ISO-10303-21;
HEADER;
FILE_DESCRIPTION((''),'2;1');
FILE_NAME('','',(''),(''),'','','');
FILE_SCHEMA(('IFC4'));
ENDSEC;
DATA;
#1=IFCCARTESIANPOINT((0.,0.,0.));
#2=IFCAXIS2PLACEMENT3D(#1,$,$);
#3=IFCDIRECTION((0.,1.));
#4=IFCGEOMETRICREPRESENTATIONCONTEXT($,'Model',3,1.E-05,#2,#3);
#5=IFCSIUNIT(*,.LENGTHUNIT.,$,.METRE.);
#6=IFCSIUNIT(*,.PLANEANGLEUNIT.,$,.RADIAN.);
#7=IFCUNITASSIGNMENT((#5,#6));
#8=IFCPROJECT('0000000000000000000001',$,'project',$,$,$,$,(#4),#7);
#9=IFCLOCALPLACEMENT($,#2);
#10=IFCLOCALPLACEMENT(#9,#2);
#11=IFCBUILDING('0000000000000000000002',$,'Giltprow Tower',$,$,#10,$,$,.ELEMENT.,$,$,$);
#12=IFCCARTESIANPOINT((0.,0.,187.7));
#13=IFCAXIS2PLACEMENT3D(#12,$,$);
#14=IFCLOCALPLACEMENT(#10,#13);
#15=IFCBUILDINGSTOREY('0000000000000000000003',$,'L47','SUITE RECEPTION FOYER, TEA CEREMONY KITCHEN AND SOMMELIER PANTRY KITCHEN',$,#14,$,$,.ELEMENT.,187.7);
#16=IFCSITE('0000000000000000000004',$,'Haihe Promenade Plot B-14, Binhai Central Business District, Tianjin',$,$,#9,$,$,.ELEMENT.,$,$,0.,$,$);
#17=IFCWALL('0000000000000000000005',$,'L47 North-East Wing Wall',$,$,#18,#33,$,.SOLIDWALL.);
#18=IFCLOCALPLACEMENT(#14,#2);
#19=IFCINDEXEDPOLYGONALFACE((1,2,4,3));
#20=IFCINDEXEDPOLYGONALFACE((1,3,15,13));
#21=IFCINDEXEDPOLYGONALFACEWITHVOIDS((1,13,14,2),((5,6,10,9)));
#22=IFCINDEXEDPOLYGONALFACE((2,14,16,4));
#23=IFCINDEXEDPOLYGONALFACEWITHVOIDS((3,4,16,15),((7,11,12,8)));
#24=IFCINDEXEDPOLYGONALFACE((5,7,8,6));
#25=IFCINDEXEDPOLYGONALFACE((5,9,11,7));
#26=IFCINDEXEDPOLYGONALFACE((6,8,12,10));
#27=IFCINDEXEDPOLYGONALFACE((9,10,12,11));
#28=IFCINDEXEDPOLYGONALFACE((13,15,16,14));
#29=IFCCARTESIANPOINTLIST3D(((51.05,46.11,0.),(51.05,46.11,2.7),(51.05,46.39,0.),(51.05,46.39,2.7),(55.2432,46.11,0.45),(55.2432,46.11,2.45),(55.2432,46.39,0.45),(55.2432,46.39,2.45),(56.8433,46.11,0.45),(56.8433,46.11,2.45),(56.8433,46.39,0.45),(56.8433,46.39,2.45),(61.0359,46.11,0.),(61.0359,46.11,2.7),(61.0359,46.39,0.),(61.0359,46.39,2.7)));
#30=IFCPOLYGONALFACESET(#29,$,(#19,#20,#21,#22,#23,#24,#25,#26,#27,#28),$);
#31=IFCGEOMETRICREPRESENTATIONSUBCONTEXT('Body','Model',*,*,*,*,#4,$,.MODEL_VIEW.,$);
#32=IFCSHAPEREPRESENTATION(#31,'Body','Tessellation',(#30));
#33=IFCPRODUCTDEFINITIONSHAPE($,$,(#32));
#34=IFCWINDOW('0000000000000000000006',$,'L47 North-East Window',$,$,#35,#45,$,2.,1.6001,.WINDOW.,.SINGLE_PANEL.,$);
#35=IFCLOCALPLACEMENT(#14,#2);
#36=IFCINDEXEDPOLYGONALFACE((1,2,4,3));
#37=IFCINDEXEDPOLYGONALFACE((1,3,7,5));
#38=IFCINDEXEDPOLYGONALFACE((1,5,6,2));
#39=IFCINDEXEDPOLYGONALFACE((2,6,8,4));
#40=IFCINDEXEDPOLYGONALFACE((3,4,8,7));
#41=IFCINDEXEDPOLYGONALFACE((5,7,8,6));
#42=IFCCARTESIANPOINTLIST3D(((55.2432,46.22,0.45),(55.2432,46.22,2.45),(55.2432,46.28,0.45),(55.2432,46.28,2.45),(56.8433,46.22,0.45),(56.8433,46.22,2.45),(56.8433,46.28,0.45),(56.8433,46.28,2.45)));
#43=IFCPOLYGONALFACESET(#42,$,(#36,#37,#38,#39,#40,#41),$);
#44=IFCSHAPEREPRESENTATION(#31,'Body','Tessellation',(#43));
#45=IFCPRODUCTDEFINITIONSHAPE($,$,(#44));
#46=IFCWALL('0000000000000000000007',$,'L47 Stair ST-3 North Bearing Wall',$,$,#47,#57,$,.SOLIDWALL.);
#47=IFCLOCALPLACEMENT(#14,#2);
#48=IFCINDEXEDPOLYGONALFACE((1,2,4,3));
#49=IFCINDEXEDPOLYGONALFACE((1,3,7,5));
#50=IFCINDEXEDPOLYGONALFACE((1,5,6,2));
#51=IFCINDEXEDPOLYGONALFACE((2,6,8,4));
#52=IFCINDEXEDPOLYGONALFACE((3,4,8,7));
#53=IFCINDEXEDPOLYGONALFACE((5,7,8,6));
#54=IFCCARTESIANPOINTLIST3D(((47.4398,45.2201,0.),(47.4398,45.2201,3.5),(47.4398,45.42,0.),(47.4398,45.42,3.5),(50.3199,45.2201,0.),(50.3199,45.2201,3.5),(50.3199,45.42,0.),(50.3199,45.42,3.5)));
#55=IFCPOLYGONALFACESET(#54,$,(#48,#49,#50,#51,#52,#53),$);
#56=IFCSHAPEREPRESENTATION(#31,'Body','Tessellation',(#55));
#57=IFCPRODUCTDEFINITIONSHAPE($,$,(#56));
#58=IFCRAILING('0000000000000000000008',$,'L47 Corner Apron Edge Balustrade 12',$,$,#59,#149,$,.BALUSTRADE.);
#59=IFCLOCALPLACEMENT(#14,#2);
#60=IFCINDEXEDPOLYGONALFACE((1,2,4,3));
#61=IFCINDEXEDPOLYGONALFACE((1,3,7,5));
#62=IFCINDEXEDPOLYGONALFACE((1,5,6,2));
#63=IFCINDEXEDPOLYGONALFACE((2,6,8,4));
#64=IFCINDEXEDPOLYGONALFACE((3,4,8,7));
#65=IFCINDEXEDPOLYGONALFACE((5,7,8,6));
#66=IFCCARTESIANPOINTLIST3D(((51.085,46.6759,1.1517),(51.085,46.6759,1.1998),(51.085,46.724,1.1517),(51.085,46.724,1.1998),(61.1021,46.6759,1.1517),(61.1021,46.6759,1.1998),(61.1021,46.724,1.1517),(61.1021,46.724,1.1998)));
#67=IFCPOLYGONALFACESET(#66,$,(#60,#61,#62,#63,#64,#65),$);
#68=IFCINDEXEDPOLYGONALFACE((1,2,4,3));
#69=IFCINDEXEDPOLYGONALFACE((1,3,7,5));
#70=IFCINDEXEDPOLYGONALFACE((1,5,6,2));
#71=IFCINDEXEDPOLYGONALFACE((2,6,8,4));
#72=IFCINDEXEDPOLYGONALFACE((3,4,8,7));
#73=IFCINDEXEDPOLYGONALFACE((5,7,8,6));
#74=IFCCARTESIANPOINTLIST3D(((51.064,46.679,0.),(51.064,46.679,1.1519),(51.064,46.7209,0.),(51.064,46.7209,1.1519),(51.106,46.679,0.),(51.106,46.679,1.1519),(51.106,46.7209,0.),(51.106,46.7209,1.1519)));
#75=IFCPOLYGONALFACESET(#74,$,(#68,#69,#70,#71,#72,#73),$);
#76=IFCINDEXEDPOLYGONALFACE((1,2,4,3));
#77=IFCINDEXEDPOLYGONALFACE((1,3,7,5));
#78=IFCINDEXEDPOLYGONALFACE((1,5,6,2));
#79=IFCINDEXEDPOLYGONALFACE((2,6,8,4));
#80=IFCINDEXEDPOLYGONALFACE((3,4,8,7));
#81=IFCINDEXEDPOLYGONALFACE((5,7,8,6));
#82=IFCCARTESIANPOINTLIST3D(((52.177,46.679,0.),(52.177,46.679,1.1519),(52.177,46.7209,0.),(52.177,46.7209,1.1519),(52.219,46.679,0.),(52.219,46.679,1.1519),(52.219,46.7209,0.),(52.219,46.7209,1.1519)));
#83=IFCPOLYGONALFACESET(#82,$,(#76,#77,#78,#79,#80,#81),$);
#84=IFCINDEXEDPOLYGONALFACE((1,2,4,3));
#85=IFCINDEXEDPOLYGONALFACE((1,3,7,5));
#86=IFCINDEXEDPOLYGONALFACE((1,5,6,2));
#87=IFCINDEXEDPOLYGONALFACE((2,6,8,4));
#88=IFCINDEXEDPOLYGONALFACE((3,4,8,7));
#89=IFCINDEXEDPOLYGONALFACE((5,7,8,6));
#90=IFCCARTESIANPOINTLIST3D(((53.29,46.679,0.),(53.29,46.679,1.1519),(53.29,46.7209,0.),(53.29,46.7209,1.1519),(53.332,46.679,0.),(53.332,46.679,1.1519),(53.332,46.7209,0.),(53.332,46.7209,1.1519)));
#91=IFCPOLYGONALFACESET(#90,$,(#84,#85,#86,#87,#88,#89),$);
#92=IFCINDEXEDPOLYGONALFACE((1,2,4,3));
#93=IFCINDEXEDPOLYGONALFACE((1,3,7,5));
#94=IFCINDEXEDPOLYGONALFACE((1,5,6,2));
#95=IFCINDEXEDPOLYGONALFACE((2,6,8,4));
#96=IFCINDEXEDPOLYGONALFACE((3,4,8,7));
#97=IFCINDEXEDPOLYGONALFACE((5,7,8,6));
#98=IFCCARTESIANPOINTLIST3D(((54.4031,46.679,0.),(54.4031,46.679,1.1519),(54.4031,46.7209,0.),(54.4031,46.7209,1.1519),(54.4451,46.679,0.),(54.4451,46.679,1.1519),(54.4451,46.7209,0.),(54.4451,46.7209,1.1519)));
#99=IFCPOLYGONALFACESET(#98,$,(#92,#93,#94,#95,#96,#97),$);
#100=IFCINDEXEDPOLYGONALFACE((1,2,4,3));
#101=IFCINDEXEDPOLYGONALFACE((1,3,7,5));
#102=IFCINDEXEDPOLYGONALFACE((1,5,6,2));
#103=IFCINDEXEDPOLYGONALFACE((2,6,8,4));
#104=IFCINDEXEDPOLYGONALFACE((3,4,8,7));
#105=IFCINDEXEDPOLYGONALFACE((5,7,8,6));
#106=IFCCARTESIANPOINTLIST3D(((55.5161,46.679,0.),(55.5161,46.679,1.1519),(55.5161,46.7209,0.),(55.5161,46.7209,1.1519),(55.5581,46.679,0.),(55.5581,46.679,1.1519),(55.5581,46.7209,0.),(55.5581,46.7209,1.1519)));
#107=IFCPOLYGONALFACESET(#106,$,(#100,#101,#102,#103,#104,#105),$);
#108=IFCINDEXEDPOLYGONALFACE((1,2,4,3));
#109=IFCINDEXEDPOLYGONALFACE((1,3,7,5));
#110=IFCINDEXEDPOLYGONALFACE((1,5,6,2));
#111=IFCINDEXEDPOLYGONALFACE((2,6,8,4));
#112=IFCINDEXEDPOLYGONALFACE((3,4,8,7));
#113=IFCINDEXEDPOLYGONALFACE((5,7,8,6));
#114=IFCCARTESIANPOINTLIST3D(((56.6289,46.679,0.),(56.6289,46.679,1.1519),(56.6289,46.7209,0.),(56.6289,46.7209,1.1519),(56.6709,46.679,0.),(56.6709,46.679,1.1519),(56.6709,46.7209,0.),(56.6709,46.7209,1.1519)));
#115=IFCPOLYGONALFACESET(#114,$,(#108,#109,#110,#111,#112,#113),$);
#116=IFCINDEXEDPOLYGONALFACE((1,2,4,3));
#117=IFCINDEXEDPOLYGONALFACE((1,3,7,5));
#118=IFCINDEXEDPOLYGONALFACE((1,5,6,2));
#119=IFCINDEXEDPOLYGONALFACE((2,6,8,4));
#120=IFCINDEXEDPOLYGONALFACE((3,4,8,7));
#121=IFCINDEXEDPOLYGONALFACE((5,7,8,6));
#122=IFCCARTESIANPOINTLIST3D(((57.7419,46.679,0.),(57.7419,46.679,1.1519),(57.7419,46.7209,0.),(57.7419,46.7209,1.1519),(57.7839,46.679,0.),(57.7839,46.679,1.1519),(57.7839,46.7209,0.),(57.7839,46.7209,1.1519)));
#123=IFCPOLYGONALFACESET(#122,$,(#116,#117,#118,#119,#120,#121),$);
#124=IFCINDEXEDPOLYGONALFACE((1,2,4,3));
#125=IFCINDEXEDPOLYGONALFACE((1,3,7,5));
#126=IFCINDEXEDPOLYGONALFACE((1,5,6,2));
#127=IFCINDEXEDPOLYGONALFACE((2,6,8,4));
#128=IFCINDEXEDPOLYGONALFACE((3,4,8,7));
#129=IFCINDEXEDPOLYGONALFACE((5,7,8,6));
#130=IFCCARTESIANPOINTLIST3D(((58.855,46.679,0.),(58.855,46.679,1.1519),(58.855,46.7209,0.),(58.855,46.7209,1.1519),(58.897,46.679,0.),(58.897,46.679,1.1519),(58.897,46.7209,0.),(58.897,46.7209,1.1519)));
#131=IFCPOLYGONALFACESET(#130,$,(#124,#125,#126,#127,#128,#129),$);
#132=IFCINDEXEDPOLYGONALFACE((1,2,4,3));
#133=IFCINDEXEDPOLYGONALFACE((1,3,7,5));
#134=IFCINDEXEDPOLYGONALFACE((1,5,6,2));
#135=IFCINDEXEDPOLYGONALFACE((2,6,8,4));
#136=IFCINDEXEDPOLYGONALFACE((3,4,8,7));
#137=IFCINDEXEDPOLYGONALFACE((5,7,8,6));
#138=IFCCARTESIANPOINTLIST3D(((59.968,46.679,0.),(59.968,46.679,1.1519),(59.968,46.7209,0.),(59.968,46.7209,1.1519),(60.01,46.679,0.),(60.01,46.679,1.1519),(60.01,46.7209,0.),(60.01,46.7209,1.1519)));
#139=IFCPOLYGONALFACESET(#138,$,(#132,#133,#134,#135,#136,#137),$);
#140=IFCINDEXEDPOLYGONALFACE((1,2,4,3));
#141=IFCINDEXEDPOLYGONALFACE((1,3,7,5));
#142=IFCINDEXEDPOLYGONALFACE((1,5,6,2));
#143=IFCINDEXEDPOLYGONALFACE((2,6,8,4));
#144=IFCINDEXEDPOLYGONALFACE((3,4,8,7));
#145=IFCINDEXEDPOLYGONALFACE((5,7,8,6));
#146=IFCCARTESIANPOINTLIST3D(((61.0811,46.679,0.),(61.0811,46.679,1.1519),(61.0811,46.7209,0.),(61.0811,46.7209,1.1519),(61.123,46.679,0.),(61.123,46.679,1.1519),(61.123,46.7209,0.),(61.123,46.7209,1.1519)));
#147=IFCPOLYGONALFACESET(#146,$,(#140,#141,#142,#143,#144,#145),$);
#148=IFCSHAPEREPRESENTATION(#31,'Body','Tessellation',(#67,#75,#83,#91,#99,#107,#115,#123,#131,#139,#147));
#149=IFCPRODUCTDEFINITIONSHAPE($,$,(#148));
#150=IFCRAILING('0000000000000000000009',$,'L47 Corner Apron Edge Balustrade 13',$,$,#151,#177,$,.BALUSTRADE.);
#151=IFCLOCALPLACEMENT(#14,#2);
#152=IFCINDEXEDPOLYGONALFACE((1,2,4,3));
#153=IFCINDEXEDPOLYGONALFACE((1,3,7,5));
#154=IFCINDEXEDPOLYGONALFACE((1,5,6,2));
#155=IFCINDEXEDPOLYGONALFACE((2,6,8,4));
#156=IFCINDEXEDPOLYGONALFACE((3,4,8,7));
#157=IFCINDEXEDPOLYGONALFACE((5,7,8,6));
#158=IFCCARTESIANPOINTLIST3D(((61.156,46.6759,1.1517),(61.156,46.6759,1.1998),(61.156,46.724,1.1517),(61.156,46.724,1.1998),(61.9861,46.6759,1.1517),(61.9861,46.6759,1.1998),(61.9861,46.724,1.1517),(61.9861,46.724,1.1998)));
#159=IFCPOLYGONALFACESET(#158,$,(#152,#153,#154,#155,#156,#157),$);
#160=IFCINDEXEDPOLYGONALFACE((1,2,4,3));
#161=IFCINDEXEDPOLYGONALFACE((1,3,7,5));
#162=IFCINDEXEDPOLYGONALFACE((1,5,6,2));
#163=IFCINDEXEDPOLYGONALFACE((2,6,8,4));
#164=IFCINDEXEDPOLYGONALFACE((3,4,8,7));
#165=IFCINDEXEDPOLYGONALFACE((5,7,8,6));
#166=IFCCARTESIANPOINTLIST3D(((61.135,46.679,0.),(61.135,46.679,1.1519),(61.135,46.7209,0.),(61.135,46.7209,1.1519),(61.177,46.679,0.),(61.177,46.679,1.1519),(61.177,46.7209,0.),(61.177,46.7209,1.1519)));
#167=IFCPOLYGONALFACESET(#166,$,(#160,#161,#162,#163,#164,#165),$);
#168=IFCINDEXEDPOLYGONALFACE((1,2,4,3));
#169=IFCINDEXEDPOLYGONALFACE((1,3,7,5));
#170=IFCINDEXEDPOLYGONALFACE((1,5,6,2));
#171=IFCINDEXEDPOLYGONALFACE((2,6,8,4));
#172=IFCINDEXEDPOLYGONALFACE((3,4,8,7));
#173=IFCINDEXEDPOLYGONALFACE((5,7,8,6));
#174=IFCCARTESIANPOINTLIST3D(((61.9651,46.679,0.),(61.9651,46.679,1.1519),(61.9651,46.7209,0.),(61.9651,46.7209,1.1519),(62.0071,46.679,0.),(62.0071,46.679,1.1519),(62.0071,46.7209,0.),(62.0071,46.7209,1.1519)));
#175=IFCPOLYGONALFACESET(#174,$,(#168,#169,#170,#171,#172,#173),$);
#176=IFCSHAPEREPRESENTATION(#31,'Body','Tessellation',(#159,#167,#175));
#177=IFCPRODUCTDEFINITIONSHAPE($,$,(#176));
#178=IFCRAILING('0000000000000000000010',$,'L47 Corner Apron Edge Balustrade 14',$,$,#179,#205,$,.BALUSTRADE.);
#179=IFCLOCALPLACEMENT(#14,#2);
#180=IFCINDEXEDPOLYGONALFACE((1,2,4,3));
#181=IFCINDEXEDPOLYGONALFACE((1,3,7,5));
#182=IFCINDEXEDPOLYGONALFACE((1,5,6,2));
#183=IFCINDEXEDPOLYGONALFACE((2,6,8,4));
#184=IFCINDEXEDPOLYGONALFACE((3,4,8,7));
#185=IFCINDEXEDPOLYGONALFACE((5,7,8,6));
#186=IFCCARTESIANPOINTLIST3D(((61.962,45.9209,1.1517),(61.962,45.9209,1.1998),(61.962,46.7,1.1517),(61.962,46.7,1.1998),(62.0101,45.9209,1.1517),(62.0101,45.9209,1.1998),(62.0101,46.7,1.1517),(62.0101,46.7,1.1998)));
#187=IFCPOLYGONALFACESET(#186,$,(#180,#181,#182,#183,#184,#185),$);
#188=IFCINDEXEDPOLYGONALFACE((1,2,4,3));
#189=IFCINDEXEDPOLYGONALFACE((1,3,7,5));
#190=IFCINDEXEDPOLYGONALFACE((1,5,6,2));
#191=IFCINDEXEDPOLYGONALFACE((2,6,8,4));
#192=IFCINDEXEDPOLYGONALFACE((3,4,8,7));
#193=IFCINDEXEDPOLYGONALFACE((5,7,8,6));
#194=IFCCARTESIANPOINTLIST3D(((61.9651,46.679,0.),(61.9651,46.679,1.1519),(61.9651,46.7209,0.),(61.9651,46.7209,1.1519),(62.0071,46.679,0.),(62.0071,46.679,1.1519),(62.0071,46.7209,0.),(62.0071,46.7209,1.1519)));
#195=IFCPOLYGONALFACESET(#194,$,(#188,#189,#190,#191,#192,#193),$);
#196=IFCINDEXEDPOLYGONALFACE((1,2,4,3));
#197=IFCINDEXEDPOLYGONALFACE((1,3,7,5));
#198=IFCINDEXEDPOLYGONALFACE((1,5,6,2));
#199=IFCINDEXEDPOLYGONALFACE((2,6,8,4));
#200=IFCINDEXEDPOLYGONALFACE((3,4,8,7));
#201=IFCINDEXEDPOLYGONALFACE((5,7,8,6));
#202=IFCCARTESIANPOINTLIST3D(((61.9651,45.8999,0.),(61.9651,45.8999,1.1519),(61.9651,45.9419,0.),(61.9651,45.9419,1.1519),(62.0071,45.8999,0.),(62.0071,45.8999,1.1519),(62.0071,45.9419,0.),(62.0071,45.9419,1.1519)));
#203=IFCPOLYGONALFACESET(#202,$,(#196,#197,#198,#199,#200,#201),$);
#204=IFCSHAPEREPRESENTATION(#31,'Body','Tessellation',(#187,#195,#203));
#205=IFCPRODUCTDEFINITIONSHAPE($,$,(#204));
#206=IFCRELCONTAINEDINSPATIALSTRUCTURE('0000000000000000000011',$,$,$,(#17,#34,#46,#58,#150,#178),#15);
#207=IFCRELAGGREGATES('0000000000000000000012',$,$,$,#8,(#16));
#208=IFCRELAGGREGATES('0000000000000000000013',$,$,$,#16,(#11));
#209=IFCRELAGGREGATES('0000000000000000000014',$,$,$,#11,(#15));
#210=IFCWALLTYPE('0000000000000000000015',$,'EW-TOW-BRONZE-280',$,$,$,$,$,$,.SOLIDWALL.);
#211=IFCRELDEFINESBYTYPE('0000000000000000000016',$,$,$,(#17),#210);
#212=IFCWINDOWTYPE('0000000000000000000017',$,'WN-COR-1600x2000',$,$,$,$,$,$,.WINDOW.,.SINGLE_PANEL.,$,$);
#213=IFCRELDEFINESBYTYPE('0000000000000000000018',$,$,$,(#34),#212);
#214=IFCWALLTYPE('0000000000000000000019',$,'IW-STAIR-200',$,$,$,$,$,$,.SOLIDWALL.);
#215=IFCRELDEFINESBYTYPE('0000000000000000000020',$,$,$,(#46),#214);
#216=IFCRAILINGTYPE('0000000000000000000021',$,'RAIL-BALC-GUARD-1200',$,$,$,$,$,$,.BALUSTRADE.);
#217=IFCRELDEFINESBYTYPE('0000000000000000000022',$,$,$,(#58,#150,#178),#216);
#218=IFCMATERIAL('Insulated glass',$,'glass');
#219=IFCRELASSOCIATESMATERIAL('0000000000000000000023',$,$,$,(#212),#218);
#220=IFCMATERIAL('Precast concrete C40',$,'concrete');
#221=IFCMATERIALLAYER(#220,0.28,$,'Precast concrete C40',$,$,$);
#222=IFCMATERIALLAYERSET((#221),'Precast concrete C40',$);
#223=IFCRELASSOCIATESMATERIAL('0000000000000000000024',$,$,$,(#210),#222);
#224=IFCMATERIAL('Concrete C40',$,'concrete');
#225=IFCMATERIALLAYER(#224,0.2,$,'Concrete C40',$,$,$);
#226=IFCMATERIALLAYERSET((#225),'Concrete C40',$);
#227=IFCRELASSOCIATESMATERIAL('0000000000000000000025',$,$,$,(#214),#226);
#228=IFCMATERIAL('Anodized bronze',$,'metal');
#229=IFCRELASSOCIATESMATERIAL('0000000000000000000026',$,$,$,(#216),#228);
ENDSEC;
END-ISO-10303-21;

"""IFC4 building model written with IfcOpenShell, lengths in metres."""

from ifc_helpers import new_model, si_unit, direction, frame, frame_2d, origin, origin_2d, place, context, subcontext, project, spatial, rectangle, extrude, source, transform, mapped, material, layer, layer_set, type_object, element, fill, save


model = new_model("IFC4")

# Units and contexts
model_context = context("Model", 3, precision=1e-05, world=origin(), true_north=direction((0.0, 1.0)))
body_context = subcontext(model_context, "Body", "Model", "MODEL_VIEW")
ifc_project = project(units=[si_unit("LENGTHUNIT", "METRE"), si_unit("PLANEANGLEUNIT", "RADIAN")], contexts=[model_context])

# Site, building, storey
site_placement = place(None, origin())
site = spatial("IfcSite", under=ifc_project, at=site_placement, Name="Haihe Promenade Plot B-14, Binhai Central Business District, Tianjin", CompositionType="ELEMENT", RefElevation=0.0)
building_placement = place(site_placement, origin())
building = spatial("IfcBuilding", under=site, at=building_placement, Name="Giltprow Tower", CompositionType="ELEMENT")
storey_placement = place(building_placement, frame((0.0, 0.0, 187.7)))
storey = spatial("IfcBuildingStorey", under=building, at=storey_placement, Name="L47", Description="SUITE RECEPTION FOYER, TEA CEREMONY KITCHEN AND SOMMELIER PANTRY KITCHEN", CompositionType="ELEMENT", Elevation=187.7)

# Wall, opening, window
ifc_material_1 = material(Name="Precast concrete C40", Category="concrete")
ifc_material_2 = material(Name="Insulated glass", Category="glass")
window_type = type_object("IfcWindowType", Name="WN-COR-1600x2000", PartitioningType="SINGLE_PANEL", PredefinedType="WINDOW", material=ifc_material_2)
shared_shape_1 = source(origin(), body_context, "Body", "SweptSolid", [
    extrude(rectangle(XDim=1.6001, YDim=2.0, at=frame_2d((0.8, 1.0))), frame((0.0, 0.03, 0.0), z_axis=(0.0, -1.0, 0.0), x_axis=(1.0, 0.0, 0.0)), (0.0, 0.0, 1.0), 0.0601),
])
ifc_layer_1 = layer(ifc_material_1, 0.28, Name="Precast concrete C40")
ifc_layer_set_1 = layer_set([ifc_layer_1], Name="Precast concrete C40")
wall_type_1 = type_object("IfcWallType", Name="EW-TOW-BRONZE-280", PredefinedType="SOLIDWALL", material=ifc_layer_set_1)
wall_1_placement = place(storey_placement, frame((51.05, 46.25, 0.0), z_axis=(0.0, 0.0, 1.0), x_axis=(1.0, 0.0, 0.0)))
wall_1 = element("IfcWall", 1, at=wall_1_placement, inside=storey, type_object=wall_type_1, Name="L47 North-East Wing Wall", PredefinedType="SOLIDWALL", context=body_context, shape_type="SweptSolid", body=[
    extrude(rectangle(XDim=9.9858, YDim=0.28, at=frame_2d((4.9929, 0.0))), origin(), (0.0, 0.0, 1.0), 2.7),
])
opening_1_placement = place(wall_1_placement, frame((4.1931, 0.0, 0.45)))
opening_1 = element("IfcOpeningElement", 2, at=opening_1_placement, cuts=wall_1, PredefinedType="OPENING", context=body_context, shape_type="SweptSolid", body=[
    extrude(rectangle(XDim=1.6001, YDim=2.0, at=frame_2d((0.8, 1.0))), frame((0.0, 0.1499, 0.0), z_axis=(0.0, -1.0, 0.0), x_axis=(1.0, 0.0, 0.0)), (0.0, 0.0, 1.0), 0.3),
])
window_1_placement = place(opening_1_placement, origin())
window_1 = element("IfcWindow", 3, at=window_1_placement, inside=storey, type_object=window_type, Name="L47 North-East Window", OverallHeight=2.0, OverallWidth=1.6001, PartitioningType="SINGLE_PANEL", PredefinedType="WINDOW", context=body_context, shape_type="MappedRepresentation", body=[
    mapped(shared_shape_1, transform((0.0, 0.0, 0.0), x_axis=(1.0, 0.0, 0.0), y_axis=(0.0, 1.0, 0.0), z_axis=(0.0, 0.0, 1.0), scale=1.0)),
])
fill(opening_1, window_1)

# Wall
ifc_material_3 = material(Name="Concrete C40", Category="concrete")
ifc_layer_2 = layer(ifc_material_3, 0.2, Name="Concrete C40")
ifc_layer_set_2 = layer_set([ifc_layer_2], Name="Concrete C40")
wall_type_2 = type_object("IfcWallType", Name="IW-STAIR-200", PredefinedType="SOLIDWALL", material=ifc_layer_set_2)
wall_2_placement = place(storey_placement, frame((47.4399, 45.3201, 0.0), z_axis=(0.0, 0.0, 1.0), x_axis=(1.0, 0.0, 0.0)))
element("IfcWall", 4, at=wall_2_placement, inside=storey, type_object=wall_type_2, Name="L47 Stair ST-3 North Bearing Wall", PredefinedType="SOLIDWALL", context=body_context, shape_type="SweptSolid", body=[
    extrude(rectangle(XDim=2.8801, YDim=0.2, at=frame_2d((1.4399, 0.0))), origin(), (0.0, 0.0, 1.0), 3.5),
])

# Railings
ifc_material_4 = material(Name="Anodized bronze", Category="metal")
railing_type_1 = type_object("IfcRailingType", Name="RAIL-BALC-GUARD-1200", PredefinedType="BALUSTRADE", material=ifc_material_4)
railing_1_placement = place(storey_placement, frame((51.085, 46.7, 0.0)))
element("IfcRailing", 5, at=railing_1_placement, inside=storey, type_object=railing_type_1, Name="L47 Corner Apron Edge Balustrade 12", PredefinedType="BALUSTRADE", context=body_context, shape_type="SweptSolid", body=[
    extrude(rectangle(XDim=0.0481, YDim=0.0481, at=origin_2d()), frame((0.0, 0.0, 1.1758), z_axis=(1.0, 0.0, 0.0), x_axis=(0.0, 1.0, 0.0)), (0.0, 0.0, 1.0), 10.0171),
    extrude(rectangle(XDim=0.042, YDim=0.042, at=origin_2d()), origin(), (0.0, 0.0, 1.0), 1.1519),
    extrude(rectangle(XDim=0.042, YDim=0.042, at=origin_2d()), frame((1.113, 0.0, 0.0)), (0.0, 0.0, 1.0), 1.1519),
    extrude(rectangle(XDim=0.042, YDim=0.042, at=origin_2d()), frame((2.2261, 0.0, 0.0)), (0.0, 0.0, 1.0), 1.1519),
    extrude(rectangle(XDim=0.042, YDim=0.042, at=origin_2d()), frame((3.3391, 0.0, 0.0)), (0.0, 0.0, 1.0), 1.1519),
    extrude(rectangle(XDim=0.042, YDim=0.042, at=origin_2d()), frame((4.4521, 0.0, 0.0)), (0.0, 0.0, 1.0), 1.1519),
    extrude(rectangle(XDim=0.042, YDim=0.042, at=origin_2d()), frame((5.5649, 0.0, 0.0)), (0.0, 0.0, 1.0), 1.1519),
    extrude(rectangle(XDim=0.042, YDim=0.042, at=origin_2d()), frame((6.678, 0.0, 0.0)), (0.0, 0.0, 1.0), 1.1519),
    extrude(rectangle(XDim=0.042, YDim=0.042, at=origin_2d()), frame((7.791, 0.0, 0.0)), (0.0, 0.0, 1.0), 1.1519),
    extrude(rectangle(XDim=0.042, YDim=0.042, at=origin_2d()), frame((8.9041, 0.0, 0.0)), (0.0, 0.0, 1.0), 1.1519),
    extrude(rectangle(XDim=0.042, YDim=0.042, at=origin_2d()), frame((10.0171, 0.0, 0.0)), (0.0, 0.0, 1.0), 1.1519),
])
railing_2_placement = place(storey_placement, frame((61.156, 46.7, 0.0)))
element("IfcRailing", 6, at=railing_2_placement, inside=storey, type_object=railing_type_1, Name="L47 Corner Apron Edge Balustrade 13", PredefinedType="BALUSTRADE", context=body_context, shape_type="SweptSolid", body=[
    extrude(rectangle(XDim=0.0481, YDim=0.0481, at=origin_2d()), frame((0.0, 0.0, 1.1758), z_axis=(1.0, 0.0, 0.0), x_axis=(0.0, 1.0, 0.0)), (0.0, 0.0, 1.0), 0.8301),
    extrude(rectangle(XDim=0.042, YDim=0.042, at=origin_2d()), origin(), (0.0, 0.0, 1.0), 1.1519),
    extrude(rectangle(XDim=0.042, YDim=0.042, at=origin_2d()), frame((0.8301, 0.0, 0.0)), (0.0, 0.0, 1.0), 1.1519),
])
railing_3_placement = place(storey_placement, frame((61.9861, 46.7, 0.0)))
element("IfcRailing", 7, at=railing_3_placement, inside=storey, type_object=railing_type_1, Name="L47 Corner Apron Edge Balustrade 14", PredefinedType="BALUSTRADE", context=body_context, shape_type="SweptSolid", body=[
    extrude(rectangle(XDim=0.0481, YDim=0.0481, at=origin_2d()), frame((0.0, 0.0, 1.1758), z_axis=(0.0, -1.0, 0.0), x_axis=(1.0, 0.0, 0.0)), (0.0, 0.0, 1.0), 0.7791),
    extrude(rectangle(XDim=0.042, YDim=0.042, at=origin_2d()), origin(), (0.0, 0.0, 1.0), 1.1519),
    extrude(rectangle(XDim=0.042, YDim=0.042, at=origin_2d()), frame((0.0, -0.7791, 0.0)), (0.0, 0.0, 1.0), 1.1519),
])

save(model, "model.ifc")
